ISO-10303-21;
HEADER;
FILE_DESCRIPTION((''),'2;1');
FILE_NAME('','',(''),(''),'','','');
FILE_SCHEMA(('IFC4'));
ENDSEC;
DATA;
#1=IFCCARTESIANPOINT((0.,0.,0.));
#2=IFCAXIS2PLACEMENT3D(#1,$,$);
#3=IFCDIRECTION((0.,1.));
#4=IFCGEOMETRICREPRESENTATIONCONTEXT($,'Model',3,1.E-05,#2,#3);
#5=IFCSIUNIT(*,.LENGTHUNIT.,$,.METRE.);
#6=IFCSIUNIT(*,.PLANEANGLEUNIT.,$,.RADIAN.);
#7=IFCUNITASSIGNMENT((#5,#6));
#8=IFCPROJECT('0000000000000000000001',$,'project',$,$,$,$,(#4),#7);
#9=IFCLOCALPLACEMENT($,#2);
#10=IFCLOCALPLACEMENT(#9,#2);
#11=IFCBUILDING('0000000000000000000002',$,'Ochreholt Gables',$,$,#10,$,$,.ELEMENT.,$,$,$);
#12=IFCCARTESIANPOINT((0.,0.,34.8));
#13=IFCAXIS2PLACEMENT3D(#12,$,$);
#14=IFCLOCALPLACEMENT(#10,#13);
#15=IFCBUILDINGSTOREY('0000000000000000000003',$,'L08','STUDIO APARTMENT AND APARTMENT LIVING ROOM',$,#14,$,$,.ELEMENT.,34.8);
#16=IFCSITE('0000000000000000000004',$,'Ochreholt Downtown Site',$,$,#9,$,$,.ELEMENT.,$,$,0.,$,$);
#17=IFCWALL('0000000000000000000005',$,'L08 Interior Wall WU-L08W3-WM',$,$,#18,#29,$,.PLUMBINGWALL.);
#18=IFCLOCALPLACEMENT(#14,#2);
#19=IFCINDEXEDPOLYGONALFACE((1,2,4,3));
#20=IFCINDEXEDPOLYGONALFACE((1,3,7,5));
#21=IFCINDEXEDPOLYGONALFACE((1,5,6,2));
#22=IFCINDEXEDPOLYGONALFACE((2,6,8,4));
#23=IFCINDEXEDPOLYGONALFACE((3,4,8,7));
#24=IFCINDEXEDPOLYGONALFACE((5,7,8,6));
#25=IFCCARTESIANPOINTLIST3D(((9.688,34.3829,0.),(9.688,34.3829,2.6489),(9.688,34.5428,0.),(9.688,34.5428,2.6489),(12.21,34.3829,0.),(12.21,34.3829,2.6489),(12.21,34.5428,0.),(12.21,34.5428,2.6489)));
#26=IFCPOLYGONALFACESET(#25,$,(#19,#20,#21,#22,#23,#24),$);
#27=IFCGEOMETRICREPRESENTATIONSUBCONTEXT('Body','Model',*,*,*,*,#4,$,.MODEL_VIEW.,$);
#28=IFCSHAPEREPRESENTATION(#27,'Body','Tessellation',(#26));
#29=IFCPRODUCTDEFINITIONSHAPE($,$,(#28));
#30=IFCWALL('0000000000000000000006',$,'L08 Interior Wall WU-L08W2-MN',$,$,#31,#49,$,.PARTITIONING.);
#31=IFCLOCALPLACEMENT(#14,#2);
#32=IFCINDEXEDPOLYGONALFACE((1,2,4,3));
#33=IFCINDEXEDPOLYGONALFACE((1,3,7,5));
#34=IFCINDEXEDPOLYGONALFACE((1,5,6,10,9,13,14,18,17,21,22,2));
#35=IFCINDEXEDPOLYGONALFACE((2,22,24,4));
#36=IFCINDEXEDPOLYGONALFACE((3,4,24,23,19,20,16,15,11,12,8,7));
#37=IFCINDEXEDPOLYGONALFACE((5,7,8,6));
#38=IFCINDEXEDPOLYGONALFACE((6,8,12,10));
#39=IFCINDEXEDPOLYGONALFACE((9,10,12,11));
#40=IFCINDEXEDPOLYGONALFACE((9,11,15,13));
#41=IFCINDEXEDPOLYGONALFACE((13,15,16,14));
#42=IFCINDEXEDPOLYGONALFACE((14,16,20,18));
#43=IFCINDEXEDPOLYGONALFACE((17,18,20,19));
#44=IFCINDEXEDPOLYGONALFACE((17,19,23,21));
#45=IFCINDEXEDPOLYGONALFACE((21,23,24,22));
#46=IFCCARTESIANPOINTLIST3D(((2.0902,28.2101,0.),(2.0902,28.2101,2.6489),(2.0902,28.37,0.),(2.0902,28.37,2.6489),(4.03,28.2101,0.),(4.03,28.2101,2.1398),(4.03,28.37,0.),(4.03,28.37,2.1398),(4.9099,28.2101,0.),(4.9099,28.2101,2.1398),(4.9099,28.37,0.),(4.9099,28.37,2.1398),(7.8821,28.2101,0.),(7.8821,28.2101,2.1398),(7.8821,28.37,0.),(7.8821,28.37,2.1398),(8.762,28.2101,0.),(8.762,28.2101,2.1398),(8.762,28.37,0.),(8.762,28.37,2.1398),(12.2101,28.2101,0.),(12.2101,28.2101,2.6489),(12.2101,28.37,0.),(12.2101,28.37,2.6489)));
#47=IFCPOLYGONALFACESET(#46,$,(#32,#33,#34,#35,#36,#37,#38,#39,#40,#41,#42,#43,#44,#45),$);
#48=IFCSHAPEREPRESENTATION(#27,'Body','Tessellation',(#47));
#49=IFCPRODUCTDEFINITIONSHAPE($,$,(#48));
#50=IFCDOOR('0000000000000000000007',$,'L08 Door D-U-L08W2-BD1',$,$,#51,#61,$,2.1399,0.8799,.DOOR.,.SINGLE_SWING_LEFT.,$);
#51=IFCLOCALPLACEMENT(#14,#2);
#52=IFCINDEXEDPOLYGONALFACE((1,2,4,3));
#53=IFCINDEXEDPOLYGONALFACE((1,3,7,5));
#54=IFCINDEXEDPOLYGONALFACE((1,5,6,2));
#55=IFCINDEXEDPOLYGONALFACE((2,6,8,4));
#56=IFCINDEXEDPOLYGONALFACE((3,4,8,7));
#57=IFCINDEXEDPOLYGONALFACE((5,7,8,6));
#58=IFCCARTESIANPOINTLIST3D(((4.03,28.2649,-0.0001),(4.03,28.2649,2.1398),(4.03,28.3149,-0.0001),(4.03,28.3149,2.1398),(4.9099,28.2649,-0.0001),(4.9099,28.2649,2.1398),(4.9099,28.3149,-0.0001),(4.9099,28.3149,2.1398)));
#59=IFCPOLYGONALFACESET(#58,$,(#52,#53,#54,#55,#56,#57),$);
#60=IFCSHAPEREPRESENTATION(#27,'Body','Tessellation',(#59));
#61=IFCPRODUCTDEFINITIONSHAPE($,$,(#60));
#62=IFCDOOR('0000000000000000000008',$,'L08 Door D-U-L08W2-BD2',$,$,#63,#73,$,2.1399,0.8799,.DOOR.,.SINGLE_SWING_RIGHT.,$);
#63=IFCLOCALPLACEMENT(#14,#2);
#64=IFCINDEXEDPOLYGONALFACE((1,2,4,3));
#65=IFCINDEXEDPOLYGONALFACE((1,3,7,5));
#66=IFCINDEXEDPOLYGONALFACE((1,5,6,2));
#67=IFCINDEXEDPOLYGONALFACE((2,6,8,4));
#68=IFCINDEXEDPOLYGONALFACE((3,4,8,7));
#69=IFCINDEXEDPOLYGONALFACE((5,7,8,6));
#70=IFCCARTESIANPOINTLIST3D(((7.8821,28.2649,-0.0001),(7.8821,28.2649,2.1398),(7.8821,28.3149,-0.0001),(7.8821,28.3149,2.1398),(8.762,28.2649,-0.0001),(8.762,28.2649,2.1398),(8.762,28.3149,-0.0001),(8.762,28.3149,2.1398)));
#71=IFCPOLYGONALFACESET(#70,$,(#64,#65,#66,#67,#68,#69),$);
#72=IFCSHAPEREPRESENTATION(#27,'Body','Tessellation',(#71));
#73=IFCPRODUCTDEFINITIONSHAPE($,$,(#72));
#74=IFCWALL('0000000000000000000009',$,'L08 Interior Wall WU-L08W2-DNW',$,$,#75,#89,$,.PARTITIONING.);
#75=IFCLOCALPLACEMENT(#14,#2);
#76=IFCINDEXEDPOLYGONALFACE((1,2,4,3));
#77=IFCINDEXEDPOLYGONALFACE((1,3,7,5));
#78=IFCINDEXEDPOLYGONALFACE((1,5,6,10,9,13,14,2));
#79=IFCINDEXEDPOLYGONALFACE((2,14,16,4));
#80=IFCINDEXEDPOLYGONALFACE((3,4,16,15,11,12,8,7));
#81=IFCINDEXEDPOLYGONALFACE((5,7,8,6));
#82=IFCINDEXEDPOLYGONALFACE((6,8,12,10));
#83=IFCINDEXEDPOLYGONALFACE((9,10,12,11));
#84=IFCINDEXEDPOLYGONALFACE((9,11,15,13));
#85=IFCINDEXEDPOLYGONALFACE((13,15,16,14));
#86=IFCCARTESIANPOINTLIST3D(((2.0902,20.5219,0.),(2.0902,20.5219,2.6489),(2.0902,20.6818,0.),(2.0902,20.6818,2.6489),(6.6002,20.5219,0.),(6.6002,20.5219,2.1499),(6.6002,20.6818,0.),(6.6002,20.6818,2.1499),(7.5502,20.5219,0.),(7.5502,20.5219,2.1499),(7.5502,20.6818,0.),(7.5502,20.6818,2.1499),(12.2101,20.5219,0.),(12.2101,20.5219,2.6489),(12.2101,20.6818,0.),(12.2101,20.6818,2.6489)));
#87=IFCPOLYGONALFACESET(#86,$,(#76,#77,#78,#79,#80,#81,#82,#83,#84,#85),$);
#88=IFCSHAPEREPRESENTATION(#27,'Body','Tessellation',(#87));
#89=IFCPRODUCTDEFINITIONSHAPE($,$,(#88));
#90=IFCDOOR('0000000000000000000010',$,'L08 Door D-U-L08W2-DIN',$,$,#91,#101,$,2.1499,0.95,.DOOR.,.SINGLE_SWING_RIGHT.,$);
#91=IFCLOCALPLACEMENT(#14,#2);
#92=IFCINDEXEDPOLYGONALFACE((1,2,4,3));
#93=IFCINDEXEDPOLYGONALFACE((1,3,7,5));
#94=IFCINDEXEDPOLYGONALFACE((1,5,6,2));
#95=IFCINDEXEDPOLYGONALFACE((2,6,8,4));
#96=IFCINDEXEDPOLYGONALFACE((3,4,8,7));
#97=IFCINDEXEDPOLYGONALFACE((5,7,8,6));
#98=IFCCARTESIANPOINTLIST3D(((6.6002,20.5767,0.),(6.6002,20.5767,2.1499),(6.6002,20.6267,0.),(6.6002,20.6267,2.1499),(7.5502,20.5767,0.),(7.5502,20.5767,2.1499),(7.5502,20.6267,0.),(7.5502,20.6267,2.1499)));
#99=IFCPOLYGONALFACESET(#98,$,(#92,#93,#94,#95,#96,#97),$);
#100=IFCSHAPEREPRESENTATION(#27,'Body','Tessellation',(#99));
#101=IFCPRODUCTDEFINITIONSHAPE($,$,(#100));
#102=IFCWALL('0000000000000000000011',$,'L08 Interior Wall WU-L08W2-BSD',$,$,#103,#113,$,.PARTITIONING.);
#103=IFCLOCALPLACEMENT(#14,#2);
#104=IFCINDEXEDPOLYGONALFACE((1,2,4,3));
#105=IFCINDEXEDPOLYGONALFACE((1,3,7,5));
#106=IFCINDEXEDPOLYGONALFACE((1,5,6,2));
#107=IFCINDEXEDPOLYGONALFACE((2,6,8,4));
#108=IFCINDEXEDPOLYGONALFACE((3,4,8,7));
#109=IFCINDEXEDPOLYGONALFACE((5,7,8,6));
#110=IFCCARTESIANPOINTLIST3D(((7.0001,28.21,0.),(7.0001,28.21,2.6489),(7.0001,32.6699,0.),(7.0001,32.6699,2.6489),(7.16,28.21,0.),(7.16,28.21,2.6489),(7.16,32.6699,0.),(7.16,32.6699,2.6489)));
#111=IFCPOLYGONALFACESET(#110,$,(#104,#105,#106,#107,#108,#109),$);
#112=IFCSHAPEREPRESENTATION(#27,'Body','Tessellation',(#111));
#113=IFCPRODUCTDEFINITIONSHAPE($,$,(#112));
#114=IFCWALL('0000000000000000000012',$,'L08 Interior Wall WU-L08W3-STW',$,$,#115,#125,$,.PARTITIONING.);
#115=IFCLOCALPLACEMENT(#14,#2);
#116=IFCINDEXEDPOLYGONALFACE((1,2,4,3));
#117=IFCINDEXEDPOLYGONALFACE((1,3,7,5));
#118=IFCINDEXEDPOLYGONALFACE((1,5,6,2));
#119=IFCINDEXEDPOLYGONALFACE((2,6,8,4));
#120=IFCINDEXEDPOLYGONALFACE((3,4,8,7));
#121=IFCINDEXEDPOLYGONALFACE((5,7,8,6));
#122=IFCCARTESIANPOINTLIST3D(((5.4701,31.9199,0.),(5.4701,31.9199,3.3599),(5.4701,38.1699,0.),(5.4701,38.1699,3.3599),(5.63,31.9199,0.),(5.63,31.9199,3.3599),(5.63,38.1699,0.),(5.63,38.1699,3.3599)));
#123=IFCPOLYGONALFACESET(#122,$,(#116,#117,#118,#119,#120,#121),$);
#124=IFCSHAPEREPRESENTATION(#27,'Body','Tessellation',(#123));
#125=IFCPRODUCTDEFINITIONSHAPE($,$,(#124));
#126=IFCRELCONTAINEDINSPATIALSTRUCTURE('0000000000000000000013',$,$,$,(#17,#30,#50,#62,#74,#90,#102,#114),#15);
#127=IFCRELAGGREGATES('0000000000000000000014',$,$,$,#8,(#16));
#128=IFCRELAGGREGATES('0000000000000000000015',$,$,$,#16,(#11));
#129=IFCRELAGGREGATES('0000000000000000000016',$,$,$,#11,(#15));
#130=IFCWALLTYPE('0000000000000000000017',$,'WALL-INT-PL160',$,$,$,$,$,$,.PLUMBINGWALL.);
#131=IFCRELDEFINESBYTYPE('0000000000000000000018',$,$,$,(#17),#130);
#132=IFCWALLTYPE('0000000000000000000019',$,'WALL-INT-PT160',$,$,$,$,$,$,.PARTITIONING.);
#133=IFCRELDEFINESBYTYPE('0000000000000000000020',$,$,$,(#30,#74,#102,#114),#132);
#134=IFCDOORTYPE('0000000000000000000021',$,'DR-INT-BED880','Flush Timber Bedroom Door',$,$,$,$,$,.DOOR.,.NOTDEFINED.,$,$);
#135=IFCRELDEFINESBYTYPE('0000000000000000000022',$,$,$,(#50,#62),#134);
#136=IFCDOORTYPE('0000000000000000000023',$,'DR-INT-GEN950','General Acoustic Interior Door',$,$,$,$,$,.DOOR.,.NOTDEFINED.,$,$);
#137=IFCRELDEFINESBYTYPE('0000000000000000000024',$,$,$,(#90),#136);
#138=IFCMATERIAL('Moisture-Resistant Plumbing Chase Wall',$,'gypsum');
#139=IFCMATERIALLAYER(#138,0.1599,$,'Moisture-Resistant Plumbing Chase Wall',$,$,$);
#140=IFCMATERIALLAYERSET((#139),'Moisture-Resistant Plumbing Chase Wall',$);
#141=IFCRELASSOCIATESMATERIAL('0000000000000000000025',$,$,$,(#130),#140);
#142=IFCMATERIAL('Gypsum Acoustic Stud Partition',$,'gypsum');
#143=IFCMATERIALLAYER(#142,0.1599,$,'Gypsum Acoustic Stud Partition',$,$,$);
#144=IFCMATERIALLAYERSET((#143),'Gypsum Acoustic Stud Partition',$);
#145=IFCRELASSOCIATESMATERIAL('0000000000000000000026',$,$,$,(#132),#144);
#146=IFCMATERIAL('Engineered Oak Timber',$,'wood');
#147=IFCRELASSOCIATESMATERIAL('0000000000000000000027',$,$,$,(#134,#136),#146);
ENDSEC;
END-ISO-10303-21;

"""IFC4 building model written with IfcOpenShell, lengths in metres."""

from ifc_helpers import new_model, si_unit, direction, frame, frame_2d, origin, place, context, subcontext, project, spatial, rectangle, extrude, material, layer, layer_set, type_object, element, fill, save


model = new_model("IFC4")

# Units and contexts
model_context = context("Model", 3, precision=1e-05, world=origin(), true_north=direction((0.0, 1.0)))
body_context = subcontext(model_context, "Body", "Model", "MODEL_VIEW")
ifc_project = project(units=[si_unit("LENGTHUNIT", "METRE"), si_unit("PLANEANGLEUNIT", "RADIAN")], contexts=[model_context])

# Site, building, storey
site_placement = place(None, origin())
site = spatial("IfcSite", under=ifc_project, at=site_placement, Name="Ochreholt Downtown Site", CompositionType="ELEMENT", RefElevation=0.0)
building_placement = place(site_placement, origin())
building = spatial("IfcBuilding", under=site, at=building_placement, Name="Ochreholt Gables", CompositionType="ELEMENT")
storey_placement = place(building_placement, frame((0.0, 0.0, 34.8)))
storey = spatial("IfcBuildingStorey", under=building, at=storey_placement, Name="L08", Description="STUDIO APARTMENT AND APARTMENT LIVING ROOM", CompositionType="ELEMENT", Elevation=34.8)

# Shared definitions
ifc_material_1 = material(Name="Moisture-Resistant Plumbing Chase Wall", Category="gypsum")
ifc_layer_1 = layer(ifc_material_1, 0.1599, Name="Moisture-Resistant Plumbing Chase Wall")
ifc_layer_set_1 = layer_set([ifc_layer_1], Name="Moisture-Resistant Plumbing Chase Wall")
wall_type_1 = type_object("IfcWallType", Name="WALL-INT-PL160", PredefinedType="PLUMBINGWALL", material=ifc_layer_set_1)

# Shared definitions
ifc_material_2 = material(Name="Engineered Oak Timber", Category="wood")

# Wall
wall_1_placement = place(storey_placement, frame((9.688, 34.4629, 0.0), z_axis=(0.0, 0.0, 1.0), x_axis=(1.0, 0.0, 0.0)))
element("IfcWall", 1, at=wall_1_placement, inside=storey, type_object=wall_type_1, Name="L08 Interior Wall WU-L08W3-WM", PredefinedType="PLUMBINGWALL", context=body_context, shape_type="SweptSolid", body=[
    extrude(rectangle(XDim=2.522, YDim=0.1599, at=frame_2d((1.261, 0.0))), origin(), (0.0, 0.0, 1.0), 2.6489),
])

# Wall, openings, doors
ifc_material_3 = material(Name="Gypsum Acoustic Stud Partition", Category="gypsum")
ifc_layer_2 = layer(ifc_material_3, 0.1599, Name="Gypsum Acoustic Stud Partition")
ifc_layer_set_2 = layer_set([ifc_layer_2], Name="Gypsum Acoustic Stud Partition")
wall_type_2 = type_object("IfcWallType", Name="WALL-INT-PT160", PredefinedType="PARTITIONING", material=ifc_layer_set_2)
wall_2_placement = place(storey_placement, frame((2.0901, 28.29, 0.0), z_axis=(0.0, 0.0, 1.0), x_axis=(1.0, 0.0, 0.0)))
wall_2 = element("IfcWall", 2, at=wall_2_placement, inside=storey, type_object=wall_type_2, Name="L08 Interior Wall WU-L08W2-MN", PredefinedType="PARTITIONING", context=body_context, shape_type="SweptSolid", body=[
    extrude(rectangle(XDim=10.1199, YDim=0.1599, at=frame_2d((5.0601, 0.0))), origin(), (0.0, 0.0, 1.0), 2.6489),
])
opening_1_placement = place(wall_2_placement, frame((1.9399, 0.0, 0.0)))
opening_1 = element("IfcOpeningElement", 3, at=opening_1_placement, cuts=wall_2, PredefinedType="OPENING", context=body_context, shape_type="SweptSolid", body=[
    extrude(rectangle(XDim=0.8799, YDim=2.1399, at=frame_2d((0.4399, 1.0698))), frame((0.0, 0.0898, 0.0), z_axis=(0.0, -1.0, 0.0), x_axis=(1.0, 0.0, 0.0)), (0.0, 0.0, 1.0), 0.1799),
])
opening_2_placement = place(wall_2_placement, frame((5.792, 0.0, 0.0)))
opening_2 = element("IfcOpeningElement", 4, at=opening_2_placement, cuts=wall_2, PredefinedType="OPENING", context=body_context, shape_type="SweptSolid", body=[
    extrude(rectangle(XDim=0.8799, YDim=2.1399, at=frame_2d((0.4399, 1.0698))), frame((0.0, 0.0898, 0.0), z_axis=(0.0, -1.0, 0.0), x_axis=(1.0, 0.0, 0.0)), (0.0, 0.0, 1.0), 0.1799),
])
door_type_1 = type_object("IfcDoorType", Name="DR-INT-BED880", Description="Flush Timber Bedroom Door", OperationType="NOTDEFINED", PredefinedType="DOOR", material=ifc_material_2)
door_1_placement = place(opening_1_placement, origin())
door_1 = element("IfcDoor", 5, at=door_1_placement, inside=storey, type_object=door_type_1, Name="L08 Door D-U-L08W2-BD1", OperationType="SINGLE_SWING_LEFT", OverallHeight=2.1399, OverallWidth=0.8799, PredefinedType="DOOR", context=body_context, shape_type="SweptSolid", body=[
    extrude(rectangle(XDim=0.8799, YDim=2.1399, at=frame_2d((0.4399, 1.0698))), frame((0.0, 0.0249, 0.0), z_axis=(0.0, -1.0, 0.0), x_axis=(1.0, 0.0, 0.0)), (0.0, 0.0, 1.0), 0.05),
])
fill(opening_1, door_1)
door_2_placement = place(opening_2_placement, origin())
door_2 = element("IfcDoor", 6, at=door_2_placement, inside=storey, type_object=door_type_1, Name="L08 Door D-U-L08W2-BD2", OperationType="SINGLE_SWING_RIGHT", OverallHeight=2.1399, OverallWidth=0.8799, PredefinedType="DOOR", context=body_context, shape_type="SweptSolid", body=[
    extrude(rectangle(XDim=0.8799, YDim=2.1399, at=frame_2d((0.4399, 1.0698))), frame((0.0, 0.0249, 0.0), z_axis=(0.0, -1.0, 0.0), x_axis=(1.0, 0.0, 0.0)), (0.0, 0.0, 1.0), 0.05),
])
fill(opening_2, door_2)

# Wall, opening, door
wall_3_placement = place(storey_placement, frame((2.0901, 20.6018, 0.0), z_axis=(0.0, 0.0, 1.0), x_axis=(1.0, 0.0, 0.0)))
wall_3 = element("IfcWall", 7, at=wall_3_placement, inside=storey, type_object=wall_type_2, Name="L08 Interior Wall WU-L08W2-DNW", PredefinedType="PARTITIONING", context=body_context, shape_type="SweptSolid", body=[
    extrude(rectangle(XDim=10.1199, YDim=0.1599, at=frame_2d((5.0601, 0.0))), origin(), (0.0, 0.0, 1.0), 2.6489),
])
opening_3_placement = place(wall_3_placement, frame((4.51, 0.0, 0.0)))
opening_3 = element("IfcOpeningElement", 8, at=opening_3_placement, cuts=wall_3, PredefinedType="OPENING", context=body_context, shape_type="SweptSolid", body=[
    extrude(rectangle(XDim=0.95, YDim=2.1499, at=frame_2d((0.4751, 1.075))), frame((0.0, 0.0898, 0.0), z_axis=(0.0, -1.0, 0.0), x_axis=(1.0, 0.0, 0.0)), (0.0, 0.0, 1.0), 0.1799),
])
door_type_2 = type_object("IfcDoorType", Name="DR-INT-GEN950", Description="General Acoustic Interior Door", OperationType="NOTDEFINED", PredefinedType="DOOR", material=ifc_material_2)
door_3_placement = place(opening_3_placement, origin())
door_3 = element("IfcDoor", 9, at=door_3_placement, inside=storey, type_object=door_type_2, Name="L08 Door D-U-L08W2-DIN", OperationType="SINGLE_SWING_RIGHT", OverallHeight=2.1499, OverallWidth=0.95, PredefinedType="DOOR", context=body_context, shape_type="SweptSolid", body=[
    extrude(rectangle(XDim=0.95, YDim=2.1499, at=frame_2d((0.4751, 1.075))), frame((0.0, 0.0249, 0.0), z_axis=(0.0, -1.0, 0.0), x_axis=(1.0, 0.0, 0.0)), (0.0, 0.0, 1.0), 0.05),
])
fill(opening_3, door_3)

# Walls
wall_4_placement = place(storey_placement, frame((7.0801, 28.21, 0.0), z_axis=(0.0, 0.0, 1.0), x_axis=(0.0, 1.0, 0.0)))
element("IfcWall", 10, at=wall_4_placement, inside=storey, type_object=wall_type_2, Name="L08 Interior Wall WU-L08W2-BSD", PredefinedType="PARTITIONING", context=body_context, shape_type="SweptSolid", body=[
    extrude(rectangle(XDim=4.46, YDim=0.1599, at=frame_2d((2.23, 0.0))), origin(), (0.0, 0.0, 1.0), 2.6489),
])
wall_5_placement = place(storey_placement, frame((5.55, 31.9199, 0.0), z_axis=(0.0, 0.0, 1.0), x_axis=(0.0, 1.0, 0.0)))
element("IfcWall", 11, at=wall_5_placement, inside=storey, type_object=wall_type_2, Name="L08 Interior Wall WU-L08W3-STW", PredefinedType="PARTITIONING", context=body_context, shape_type="SweptSolid", body=[
    extrude(rectangle(XDim=6.25, YDim=0.1599, at=frame_2d((3.125, 0.0))), origin(), (0.0, 0.0, 1.0), 3.3599),
])

save(model, "model.ifc")
